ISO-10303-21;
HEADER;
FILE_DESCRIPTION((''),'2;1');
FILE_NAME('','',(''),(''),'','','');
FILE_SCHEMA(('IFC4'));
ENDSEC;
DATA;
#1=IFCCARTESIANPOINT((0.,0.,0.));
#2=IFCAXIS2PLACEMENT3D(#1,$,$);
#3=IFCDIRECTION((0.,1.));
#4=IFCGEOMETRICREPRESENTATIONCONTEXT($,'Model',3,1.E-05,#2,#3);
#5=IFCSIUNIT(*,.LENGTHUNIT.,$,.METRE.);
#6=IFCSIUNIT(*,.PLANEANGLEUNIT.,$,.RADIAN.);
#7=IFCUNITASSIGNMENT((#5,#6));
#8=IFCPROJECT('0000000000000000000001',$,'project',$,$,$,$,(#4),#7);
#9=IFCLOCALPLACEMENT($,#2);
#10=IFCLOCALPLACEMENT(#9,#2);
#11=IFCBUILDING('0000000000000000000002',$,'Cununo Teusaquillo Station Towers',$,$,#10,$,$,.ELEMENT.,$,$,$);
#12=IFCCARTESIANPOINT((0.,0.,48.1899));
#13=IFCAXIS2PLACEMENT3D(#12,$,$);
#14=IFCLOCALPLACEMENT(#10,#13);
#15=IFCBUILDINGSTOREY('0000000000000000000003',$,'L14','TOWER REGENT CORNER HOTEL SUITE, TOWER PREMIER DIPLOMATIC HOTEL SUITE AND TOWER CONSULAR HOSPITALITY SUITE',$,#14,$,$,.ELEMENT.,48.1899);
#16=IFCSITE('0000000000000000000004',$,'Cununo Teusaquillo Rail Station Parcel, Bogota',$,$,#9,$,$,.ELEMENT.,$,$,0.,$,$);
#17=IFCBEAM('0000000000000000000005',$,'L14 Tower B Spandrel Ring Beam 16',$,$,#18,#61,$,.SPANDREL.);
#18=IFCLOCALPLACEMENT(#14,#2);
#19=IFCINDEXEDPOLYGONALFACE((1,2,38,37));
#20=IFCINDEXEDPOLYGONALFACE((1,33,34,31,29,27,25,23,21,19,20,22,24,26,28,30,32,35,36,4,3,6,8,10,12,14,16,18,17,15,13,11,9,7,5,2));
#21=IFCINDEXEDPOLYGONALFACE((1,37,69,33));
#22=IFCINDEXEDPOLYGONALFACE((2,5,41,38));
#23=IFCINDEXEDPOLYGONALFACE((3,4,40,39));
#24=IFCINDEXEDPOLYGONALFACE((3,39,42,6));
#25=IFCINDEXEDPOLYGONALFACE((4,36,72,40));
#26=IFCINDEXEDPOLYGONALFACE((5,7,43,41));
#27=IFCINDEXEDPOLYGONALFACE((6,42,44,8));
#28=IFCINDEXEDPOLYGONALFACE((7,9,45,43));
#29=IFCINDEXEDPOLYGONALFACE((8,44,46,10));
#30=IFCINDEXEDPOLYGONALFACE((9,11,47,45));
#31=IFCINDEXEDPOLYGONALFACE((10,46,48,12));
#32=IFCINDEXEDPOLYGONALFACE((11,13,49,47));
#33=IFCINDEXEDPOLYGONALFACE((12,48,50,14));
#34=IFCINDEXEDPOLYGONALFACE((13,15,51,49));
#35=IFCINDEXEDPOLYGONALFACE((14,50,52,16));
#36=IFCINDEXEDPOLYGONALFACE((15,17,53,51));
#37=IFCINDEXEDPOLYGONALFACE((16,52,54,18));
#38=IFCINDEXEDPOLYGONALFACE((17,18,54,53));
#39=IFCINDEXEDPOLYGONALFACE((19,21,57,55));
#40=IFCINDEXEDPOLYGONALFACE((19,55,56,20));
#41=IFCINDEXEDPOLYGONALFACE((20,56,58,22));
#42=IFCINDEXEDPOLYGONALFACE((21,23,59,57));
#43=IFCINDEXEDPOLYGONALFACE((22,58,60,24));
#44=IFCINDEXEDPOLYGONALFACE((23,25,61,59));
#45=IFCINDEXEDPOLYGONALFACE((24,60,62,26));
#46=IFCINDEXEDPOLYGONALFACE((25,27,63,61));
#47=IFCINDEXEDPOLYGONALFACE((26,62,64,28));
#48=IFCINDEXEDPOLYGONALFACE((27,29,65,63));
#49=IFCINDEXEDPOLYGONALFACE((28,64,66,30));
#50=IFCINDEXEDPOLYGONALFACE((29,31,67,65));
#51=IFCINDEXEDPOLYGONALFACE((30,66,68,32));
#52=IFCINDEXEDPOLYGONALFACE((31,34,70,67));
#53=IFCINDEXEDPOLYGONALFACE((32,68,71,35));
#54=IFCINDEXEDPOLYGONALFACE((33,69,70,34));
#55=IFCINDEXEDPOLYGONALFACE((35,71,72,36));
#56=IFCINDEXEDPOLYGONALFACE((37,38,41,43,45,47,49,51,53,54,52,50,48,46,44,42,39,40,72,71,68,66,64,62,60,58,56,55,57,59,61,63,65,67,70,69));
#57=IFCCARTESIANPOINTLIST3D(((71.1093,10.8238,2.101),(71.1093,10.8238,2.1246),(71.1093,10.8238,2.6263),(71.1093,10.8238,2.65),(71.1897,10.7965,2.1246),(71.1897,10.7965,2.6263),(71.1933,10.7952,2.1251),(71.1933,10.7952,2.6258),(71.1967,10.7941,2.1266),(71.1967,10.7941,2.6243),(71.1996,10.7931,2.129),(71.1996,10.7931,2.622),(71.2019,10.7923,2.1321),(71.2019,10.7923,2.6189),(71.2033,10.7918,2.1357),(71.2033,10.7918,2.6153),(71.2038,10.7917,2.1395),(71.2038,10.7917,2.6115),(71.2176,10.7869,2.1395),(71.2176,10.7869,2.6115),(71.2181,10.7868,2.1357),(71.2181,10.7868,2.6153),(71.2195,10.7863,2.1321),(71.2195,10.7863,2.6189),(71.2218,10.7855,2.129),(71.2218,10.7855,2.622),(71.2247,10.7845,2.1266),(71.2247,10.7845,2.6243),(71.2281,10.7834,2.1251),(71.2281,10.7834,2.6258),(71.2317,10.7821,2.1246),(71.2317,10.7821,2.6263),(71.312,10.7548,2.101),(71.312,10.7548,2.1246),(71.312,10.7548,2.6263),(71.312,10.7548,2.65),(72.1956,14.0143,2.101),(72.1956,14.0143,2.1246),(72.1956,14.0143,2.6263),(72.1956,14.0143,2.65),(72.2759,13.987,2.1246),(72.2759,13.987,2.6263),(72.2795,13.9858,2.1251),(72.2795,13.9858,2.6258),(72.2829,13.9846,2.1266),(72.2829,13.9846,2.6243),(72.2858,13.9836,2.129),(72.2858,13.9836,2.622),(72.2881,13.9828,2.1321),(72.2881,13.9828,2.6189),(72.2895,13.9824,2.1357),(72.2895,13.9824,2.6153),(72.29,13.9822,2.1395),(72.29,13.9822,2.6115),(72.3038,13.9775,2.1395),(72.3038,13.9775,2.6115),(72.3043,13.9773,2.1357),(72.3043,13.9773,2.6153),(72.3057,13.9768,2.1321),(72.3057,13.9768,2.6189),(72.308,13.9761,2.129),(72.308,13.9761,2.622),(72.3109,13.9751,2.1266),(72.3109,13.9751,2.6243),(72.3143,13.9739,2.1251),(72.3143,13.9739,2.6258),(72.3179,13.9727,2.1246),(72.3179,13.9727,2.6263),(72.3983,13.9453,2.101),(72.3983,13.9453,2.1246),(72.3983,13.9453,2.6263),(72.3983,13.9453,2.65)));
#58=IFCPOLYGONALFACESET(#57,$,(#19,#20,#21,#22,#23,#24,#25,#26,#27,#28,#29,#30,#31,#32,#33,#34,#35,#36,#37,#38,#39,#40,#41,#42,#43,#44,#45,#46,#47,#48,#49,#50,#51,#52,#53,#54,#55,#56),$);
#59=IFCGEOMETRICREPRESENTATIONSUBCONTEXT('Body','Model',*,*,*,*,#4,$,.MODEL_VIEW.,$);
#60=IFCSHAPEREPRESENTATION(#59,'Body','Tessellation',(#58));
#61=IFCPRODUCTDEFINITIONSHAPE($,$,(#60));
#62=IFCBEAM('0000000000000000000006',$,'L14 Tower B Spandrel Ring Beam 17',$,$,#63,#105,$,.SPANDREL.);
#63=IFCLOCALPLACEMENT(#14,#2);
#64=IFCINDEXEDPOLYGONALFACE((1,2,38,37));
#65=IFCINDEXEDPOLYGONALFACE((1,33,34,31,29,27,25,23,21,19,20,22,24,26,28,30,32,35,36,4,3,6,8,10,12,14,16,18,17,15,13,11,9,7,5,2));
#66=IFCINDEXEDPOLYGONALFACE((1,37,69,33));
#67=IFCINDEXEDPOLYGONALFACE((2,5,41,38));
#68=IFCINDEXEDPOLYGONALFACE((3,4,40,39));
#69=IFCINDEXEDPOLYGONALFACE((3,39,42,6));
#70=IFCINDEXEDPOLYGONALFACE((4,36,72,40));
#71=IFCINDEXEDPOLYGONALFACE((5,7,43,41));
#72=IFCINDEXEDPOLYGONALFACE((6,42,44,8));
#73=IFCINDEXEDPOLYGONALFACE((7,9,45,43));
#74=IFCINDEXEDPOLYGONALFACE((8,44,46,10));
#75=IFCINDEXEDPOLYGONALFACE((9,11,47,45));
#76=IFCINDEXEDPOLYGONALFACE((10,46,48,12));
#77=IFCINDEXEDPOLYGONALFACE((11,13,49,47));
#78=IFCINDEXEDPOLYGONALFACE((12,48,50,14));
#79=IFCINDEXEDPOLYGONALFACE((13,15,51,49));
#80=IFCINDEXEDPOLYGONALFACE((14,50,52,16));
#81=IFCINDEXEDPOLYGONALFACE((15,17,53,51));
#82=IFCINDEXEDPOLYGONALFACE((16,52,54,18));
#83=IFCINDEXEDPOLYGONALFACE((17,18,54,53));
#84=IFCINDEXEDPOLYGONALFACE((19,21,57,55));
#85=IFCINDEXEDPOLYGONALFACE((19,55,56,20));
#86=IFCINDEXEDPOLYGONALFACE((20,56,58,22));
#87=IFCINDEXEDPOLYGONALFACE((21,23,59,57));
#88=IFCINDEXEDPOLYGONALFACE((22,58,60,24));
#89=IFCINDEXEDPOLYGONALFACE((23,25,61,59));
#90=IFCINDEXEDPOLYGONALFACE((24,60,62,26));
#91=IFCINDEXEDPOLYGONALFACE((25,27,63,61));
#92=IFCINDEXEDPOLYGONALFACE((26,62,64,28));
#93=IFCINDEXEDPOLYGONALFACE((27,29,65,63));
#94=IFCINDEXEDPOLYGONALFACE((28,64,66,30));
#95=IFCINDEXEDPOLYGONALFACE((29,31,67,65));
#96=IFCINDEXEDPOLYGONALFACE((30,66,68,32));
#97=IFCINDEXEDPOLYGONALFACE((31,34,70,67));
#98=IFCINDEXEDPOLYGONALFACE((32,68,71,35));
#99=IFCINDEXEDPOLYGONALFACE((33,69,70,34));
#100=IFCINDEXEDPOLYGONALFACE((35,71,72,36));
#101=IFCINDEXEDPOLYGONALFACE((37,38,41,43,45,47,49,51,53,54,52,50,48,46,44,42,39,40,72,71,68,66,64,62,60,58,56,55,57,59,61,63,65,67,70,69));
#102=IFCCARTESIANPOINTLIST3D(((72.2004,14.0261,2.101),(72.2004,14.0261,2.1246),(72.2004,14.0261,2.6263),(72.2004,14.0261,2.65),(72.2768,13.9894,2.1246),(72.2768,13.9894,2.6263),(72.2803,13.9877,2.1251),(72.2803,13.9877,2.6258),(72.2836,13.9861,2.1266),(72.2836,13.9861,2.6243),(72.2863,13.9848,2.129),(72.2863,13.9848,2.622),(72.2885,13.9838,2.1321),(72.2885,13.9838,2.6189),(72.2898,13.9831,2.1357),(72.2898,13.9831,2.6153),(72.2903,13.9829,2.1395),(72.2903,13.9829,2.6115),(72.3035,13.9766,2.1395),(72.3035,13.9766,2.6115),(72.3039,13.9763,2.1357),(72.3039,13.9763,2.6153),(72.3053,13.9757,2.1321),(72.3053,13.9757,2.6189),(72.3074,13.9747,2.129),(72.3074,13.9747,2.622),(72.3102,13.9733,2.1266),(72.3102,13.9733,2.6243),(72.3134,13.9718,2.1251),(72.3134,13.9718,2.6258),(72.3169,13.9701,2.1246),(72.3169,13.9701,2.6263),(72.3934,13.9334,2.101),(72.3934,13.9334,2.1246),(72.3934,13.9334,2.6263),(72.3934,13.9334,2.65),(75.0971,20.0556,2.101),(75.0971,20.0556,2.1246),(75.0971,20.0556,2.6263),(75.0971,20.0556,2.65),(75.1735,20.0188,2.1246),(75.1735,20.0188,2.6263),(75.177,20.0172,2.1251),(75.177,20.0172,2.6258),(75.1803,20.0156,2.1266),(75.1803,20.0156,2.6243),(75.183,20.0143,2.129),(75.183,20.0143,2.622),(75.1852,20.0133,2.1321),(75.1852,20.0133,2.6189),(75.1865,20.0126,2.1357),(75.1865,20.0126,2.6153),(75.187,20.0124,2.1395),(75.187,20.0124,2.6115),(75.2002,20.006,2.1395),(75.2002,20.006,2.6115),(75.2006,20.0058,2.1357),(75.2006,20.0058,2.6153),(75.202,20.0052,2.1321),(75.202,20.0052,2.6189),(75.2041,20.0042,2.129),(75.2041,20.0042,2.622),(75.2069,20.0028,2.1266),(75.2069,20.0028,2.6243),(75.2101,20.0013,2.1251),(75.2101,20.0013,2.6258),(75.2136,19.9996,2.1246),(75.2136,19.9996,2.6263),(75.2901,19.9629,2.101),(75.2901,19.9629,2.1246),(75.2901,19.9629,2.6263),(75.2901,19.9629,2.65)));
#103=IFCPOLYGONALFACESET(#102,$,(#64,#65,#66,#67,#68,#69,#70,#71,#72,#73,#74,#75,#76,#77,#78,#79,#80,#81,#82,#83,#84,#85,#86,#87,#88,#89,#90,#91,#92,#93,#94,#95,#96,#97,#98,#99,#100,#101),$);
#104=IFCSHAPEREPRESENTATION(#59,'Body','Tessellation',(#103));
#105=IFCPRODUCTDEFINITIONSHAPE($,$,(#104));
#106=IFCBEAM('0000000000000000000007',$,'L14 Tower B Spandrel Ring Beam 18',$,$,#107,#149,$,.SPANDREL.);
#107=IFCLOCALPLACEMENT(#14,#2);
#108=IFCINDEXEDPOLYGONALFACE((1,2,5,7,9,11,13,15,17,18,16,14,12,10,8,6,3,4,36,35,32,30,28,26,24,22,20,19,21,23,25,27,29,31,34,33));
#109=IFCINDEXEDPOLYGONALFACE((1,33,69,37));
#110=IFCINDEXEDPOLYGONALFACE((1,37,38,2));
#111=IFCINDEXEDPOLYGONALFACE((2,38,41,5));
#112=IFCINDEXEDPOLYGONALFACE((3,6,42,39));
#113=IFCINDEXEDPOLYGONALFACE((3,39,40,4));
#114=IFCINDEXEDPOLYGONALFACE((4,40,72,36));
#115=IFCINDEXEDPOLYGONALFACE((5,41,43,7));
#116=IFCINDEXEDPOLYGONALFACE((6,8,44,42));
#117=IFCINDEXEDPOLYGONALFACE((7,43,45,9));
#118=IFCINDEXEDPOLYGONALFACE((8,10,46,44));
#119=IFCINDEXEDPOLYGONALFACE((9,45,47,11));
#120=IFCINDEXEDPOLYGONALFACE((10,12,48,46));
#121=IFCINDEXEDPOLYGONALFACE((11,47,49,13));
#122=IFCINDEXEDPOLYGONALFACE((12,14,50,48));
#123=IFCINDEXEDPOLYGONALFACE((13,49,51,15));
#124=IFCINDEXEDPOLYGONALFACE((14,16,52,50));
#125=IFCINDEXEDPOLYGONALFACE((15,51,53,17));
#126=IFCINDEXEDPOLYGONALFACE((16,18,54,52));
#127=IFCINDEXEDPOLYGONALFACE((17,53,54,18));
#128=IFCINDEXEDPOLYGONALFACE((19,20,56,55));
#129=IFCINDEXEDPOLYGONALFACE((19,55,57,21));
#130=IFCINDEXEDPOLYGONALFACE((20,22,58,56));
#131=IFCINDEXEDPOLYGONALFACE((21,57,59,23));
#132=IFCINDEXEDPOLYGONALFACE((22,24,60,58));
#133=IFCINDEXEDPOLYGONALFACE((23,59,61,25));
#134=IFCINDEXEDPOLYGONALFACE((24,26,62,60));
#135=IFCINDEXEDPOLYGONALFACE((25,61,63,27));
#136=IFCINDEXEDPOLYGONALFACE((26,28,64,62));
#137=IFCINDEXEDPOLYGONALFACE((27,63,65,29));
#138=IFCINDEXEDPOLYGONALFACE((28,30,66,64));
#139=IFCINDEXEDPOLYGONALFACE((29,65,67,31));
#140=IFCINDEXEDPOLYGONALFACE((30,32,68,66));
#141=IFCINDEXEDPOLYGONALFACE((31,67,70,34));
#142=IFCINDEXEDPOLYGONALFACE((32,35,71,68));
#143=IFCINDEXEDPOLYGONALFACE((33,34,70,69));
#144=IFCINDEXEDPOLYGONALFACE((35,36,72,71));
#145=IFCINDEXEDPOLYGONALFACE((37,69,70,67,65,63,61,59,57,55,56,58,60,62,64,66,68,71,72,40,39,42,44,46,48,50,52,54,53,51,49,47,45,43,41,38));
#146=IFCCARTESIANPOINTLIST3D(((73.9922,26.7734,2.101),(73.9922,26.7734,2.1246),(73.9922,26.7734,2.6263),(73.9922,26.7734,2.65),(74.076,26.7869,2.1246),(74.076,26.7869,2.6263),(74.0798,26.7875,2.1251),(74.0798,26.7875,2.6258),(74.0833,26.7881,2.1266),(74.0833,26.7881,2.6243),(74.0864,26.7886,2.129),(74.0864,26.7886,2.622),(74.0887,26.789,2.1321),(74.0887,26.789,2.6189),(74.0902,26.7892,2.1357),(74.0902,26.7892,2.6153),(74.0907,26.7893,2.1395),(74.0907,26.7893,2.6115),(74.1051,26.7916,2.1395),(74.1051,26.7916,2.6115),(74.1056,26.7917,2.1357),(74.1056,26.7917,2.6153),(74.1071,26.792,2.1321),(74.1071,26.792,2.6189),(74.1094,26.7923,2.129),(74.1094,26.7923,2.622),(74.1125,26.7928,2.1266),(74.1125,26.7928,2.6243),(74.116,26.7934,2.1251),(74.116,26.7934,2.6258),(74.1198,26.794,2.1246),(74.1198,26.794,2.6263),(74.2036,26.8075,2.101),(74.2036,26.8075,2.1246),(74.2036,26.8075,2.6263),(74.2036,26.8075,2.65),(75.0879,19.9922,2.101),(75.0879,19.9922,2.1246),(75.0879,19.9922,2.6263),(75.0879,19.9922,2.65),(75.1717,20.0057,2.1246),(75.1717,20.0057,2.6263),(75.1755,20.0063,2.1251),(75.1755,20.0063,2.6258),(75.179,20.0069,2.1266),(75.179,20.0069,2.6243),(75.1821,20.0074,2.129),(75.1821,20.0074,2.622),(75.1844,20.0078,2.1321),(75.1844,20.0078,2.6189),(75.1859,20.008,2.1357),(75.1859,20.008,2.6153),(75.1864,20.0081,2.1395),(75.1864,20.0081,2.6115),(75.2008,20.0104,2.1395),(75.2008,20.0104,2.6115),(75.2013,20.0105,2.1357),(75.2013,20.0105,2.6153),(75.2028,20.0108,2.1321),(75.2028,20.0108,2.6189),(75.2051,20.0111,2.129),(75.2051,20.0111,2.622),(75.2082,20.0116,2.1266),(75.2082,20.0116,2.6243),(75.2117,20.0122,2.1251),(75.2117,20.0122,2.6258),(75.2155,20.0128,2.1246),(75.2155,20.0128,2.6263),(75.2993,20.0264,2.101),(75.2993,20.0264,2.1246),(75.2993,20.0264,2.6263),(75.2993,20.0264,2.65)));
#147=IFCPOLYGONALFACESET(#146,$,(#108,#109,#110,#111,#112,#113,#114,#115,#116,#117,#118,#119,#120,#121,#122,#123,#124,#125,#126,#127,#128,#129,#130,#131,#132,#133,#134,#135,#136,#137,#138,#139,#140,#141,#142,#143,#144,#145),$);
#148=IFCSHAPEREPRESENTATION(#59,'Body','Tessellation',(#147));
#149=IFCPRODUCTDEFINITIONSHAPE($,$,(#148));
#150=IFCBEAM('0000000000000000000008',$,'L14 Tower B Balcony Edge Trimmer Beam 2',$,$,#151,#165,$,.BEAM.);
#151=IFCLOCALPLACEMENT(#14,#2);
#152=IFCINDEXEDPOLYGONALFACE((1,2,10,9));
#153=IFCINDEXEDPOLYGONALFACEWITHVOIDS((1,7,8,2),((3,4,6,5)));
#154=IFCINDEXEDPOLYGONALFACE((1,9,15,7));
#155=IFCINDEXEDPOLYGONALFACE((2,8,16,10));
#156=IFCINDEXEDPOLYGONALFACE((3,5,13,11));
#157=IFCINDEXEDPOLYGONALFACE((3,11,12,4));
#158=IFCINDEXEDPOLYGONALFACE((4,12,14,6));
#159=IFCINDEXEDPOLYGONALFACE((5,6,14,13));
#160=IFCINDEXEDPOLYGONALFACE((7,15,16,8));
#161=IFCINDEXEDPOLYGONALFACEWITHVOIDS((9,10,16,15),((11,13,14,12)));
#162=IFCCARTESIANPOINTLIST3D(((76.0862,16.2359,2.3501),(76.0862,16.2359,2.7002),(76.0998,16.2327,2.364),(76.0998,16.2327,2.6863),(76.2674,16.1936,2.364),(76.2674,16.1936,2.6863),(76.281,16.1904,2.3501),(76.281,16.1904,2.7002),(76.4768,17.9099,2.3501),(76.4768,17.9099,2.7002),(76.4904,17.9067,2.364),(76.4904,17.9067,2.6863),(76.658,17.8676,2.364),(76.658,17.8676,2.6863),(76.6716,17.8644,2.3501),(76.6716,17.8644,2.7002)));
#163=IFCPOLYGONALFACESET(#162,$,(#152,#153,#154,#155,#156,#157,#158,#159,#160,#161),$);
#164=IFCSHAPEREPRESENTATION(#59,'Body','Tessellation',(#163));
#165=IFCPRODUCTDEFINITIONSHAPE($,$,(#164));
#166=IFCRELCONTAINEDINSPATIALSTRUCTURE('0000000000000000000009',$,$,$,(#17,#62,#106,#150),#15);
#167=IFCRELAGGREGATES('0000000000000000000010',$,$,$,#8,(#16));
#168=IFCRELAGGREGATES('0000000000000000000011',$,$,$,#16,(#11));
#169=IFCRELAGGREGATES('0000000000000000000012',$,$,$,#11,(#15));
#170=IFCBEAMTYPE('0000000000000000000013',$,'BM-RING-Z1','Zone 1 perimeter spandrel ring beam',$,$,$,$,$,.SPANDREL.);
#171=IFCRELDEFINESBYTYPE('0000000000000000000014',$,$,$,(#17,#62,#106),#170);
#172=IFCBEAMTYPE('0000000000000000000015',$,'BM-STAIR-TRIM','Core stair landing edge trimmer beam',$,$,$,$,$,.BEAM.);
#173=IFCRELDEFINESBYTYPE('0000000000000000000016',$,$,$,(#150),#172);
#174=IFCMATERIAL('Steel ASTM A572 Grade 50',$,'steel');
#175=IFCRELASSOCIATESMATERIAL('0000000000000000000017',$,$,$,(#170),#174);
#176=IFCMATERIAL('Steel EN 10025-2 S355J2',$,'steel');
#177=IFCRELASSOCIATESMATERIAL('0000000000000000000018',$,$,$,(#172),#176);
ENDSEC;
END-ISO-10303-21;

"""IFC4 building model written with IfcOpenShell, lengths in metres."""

from ifc_helpers import new_model, si_unit, direction, frame, origin, origin_2d, place, context, subcontext, project, spatial, hollow_rectangle, i_section, extrude, material, material_profile, profile_set, type_object, element, save


model = new_model("IFC4")

# Units and contexts
model_context = context("Model", 3, precision=1e-05, world=origin(), true_north=direction((0.0, 1.0)))
body_context = subcontext(model_context, "Body", "Model", "MODEL_VIEW")
ifc_project = project(units=[si_unit("LENGTHUNIT", "METRE"), si_unit("PLANEANGLEUNIT", "RADIAN")], contexts=[model_context])

# Site, building, storey
site_placement = place(None, origin())
site = spatial("IfcSite", under=ifc_project, at=site_placement, Name="Cununo Teusaquillo Rail Station Parcel, Bogota", CompositionType="ELEMENT", RefElevation=0.0)
building_placement = place(site_placement, origin())
building = spatial("IfcBuilding", under=site, at=building_placement, Name="Cununo Teusaquillo Station Towers", CompositionType="ELEMENT")
storey_placement = place(building_placement, frame((0.0, 0.0, 48.1899)))
storey = spatial("IfcBuildingStorey", under=building, at=storey_placement, Name="L14", Description="TOWER REGENT CORNER HOTEL SUITE, TOWER PREMIER DIPLOMATIC HOTEL SUITE AND TOWER CONSULAR HOSPITALITY SUITE", CompositionType="ELEMENT", Elevation=48.1899)

# Beams
ifc_material_1 = material(Name="Steel ASTM A572 Grade 50", Category="steel")
ifc_material_profile_1 = material_profile(ifc_material_1, i_section(OverallWidth=0.2141, OverallDepth=0.5491, WebThickness=0.0146, FlangeThickness=0.0237, FilletRadius=0.0149, at=origin_2d()), Name="W21X93")
ifc_profile_set_1 = profile_set([ifc_material_profile_1], Name="Steel ASTM A572 Grade 50")
beam_type_1 = type_object("IfcBeamType", Name="BM-RING-Z1", Description="Zone 1 perimeter spandrel ring beam", PredefinedType="SPANDREL", material=ifc_profile_set_1)
for number, where, z_axis, x_axis, name in (
    (1, (71.2107, 10.7893, 2.3755), (0.322285, 0.946643, 0.0), (-0.946643, 0.322285, 0.0), "L14 Tower B Spandrel Ring Beam 16"),
):
    element("IfcBeam", number, at=place(storey_placement, frame(where, z_axis=z_axis, x_axis=x_axis)), inside=storey, type_object=beam_type_1, Name=name, PredefinedType="SPANDREL", context=body_context, shape_type="SweptSolid", body=[
        extrude(i_section(OverallWidth=0.2141, OverallDepth=0.5491, WebThickness=0.0146, FlangeThickness=0.0237, FilletRadius=0.0149, at=origin_2d()), origin(), (0.0, 0.0, 1.0), 3.3704),
    ])
beam_1_placement = place(storey_placement, frame((72.2969, 13.9797, 2.3755), z_axis=(0.433041, 0.901374, 0.0), x_axis=(-0.901374, 0.433041, 0.0)))
element("IfcBeam", 2, at=beam_1_placement, inside=storey, type_object=beam_type_1, Name="L14 Tower B Spandrel Ring Beam 17", PredefinedType="SPANDREL", context=body_context, shape_type="SweptSolid", body=[
    extrude(i_section(OverallWidth=0.2141, OverallDepth=0.5491, WebThickness=0.0146, FlangeThickness=0.0237, FilletRadius=0.0149, at=origin_2d()), origin(), (0.0, 0.0, 1.0), 6.6892),
])
beam_2_placement = place(storey_placement, frame((75.1936, 20.0093, 2.3755), z_axis=(-0.15951, 0.987196, 0.0), x_axis=(-0.987196, -0.15951, 0.0)))
element("IfcBeam", 3, at=beam_2_placement, inside=storey, type_object=beam_type_1, Name="L14 Tower B Spandrel Ring Beam 18", PredefinedType="SPANDREL", context=body_context, shape_type="SweptSolid", body=[
    extrude(i_section(OverallWidth=0.2141, OverallDepth=0.5491, WebThickness=0.0146, FlangeThickness=0.0237, FilletRadius=0.0149, at=origin_2d()), origin(), (0.0, 0.0, 1.0), 6.8691),
])
ifc_material_2 = material(Name="Steel EN 10025-2 S355J2", Category="steel")
ifc_material_profile_2 = material_profile(ifc_material_2, hollow_rectangle(XDim=0.2, YDim=0.3501, WallThickness=0.0139, at=origin_2d()), Name="RHS 350x200x14")
ifc_profile_set_2 = profile_set([ifc_material_profile_2], Name="Steel EN 10025-2 S355J2")
beam_type_2 = type_object("IfcBeamType", Name="BM-STAIR-TRIM", Description="Core stair landing edge trimmer beam", PredefinedType="BEAM", material=ifc_profile_set_2)
beam_3_placement = place(storey_placement, frame((76.1836, 16.2131, 2.5251), z_axis=(0.227234, 0.97384, 0.0), x_axis=(-0.97384, 0.227234, 0.0)))
element("IfcBeam", 4, at=beam_3_placement, inside=storey, type_object=beam_type_2, Name="L14 Tower B Balcony Edge Trimmer Beam 2", PredefinedType="BEAM", context=body_context, shape_type="SweptSolid", body=[
    extrude(hollow_rectangle(XDim=0.2, YDim=0.3501, WallThickness=0.0139, at=origin_2d()), origin(), (0.0, 0.0, 1.0), 1.719),
])

save(model, "model.ifc")
